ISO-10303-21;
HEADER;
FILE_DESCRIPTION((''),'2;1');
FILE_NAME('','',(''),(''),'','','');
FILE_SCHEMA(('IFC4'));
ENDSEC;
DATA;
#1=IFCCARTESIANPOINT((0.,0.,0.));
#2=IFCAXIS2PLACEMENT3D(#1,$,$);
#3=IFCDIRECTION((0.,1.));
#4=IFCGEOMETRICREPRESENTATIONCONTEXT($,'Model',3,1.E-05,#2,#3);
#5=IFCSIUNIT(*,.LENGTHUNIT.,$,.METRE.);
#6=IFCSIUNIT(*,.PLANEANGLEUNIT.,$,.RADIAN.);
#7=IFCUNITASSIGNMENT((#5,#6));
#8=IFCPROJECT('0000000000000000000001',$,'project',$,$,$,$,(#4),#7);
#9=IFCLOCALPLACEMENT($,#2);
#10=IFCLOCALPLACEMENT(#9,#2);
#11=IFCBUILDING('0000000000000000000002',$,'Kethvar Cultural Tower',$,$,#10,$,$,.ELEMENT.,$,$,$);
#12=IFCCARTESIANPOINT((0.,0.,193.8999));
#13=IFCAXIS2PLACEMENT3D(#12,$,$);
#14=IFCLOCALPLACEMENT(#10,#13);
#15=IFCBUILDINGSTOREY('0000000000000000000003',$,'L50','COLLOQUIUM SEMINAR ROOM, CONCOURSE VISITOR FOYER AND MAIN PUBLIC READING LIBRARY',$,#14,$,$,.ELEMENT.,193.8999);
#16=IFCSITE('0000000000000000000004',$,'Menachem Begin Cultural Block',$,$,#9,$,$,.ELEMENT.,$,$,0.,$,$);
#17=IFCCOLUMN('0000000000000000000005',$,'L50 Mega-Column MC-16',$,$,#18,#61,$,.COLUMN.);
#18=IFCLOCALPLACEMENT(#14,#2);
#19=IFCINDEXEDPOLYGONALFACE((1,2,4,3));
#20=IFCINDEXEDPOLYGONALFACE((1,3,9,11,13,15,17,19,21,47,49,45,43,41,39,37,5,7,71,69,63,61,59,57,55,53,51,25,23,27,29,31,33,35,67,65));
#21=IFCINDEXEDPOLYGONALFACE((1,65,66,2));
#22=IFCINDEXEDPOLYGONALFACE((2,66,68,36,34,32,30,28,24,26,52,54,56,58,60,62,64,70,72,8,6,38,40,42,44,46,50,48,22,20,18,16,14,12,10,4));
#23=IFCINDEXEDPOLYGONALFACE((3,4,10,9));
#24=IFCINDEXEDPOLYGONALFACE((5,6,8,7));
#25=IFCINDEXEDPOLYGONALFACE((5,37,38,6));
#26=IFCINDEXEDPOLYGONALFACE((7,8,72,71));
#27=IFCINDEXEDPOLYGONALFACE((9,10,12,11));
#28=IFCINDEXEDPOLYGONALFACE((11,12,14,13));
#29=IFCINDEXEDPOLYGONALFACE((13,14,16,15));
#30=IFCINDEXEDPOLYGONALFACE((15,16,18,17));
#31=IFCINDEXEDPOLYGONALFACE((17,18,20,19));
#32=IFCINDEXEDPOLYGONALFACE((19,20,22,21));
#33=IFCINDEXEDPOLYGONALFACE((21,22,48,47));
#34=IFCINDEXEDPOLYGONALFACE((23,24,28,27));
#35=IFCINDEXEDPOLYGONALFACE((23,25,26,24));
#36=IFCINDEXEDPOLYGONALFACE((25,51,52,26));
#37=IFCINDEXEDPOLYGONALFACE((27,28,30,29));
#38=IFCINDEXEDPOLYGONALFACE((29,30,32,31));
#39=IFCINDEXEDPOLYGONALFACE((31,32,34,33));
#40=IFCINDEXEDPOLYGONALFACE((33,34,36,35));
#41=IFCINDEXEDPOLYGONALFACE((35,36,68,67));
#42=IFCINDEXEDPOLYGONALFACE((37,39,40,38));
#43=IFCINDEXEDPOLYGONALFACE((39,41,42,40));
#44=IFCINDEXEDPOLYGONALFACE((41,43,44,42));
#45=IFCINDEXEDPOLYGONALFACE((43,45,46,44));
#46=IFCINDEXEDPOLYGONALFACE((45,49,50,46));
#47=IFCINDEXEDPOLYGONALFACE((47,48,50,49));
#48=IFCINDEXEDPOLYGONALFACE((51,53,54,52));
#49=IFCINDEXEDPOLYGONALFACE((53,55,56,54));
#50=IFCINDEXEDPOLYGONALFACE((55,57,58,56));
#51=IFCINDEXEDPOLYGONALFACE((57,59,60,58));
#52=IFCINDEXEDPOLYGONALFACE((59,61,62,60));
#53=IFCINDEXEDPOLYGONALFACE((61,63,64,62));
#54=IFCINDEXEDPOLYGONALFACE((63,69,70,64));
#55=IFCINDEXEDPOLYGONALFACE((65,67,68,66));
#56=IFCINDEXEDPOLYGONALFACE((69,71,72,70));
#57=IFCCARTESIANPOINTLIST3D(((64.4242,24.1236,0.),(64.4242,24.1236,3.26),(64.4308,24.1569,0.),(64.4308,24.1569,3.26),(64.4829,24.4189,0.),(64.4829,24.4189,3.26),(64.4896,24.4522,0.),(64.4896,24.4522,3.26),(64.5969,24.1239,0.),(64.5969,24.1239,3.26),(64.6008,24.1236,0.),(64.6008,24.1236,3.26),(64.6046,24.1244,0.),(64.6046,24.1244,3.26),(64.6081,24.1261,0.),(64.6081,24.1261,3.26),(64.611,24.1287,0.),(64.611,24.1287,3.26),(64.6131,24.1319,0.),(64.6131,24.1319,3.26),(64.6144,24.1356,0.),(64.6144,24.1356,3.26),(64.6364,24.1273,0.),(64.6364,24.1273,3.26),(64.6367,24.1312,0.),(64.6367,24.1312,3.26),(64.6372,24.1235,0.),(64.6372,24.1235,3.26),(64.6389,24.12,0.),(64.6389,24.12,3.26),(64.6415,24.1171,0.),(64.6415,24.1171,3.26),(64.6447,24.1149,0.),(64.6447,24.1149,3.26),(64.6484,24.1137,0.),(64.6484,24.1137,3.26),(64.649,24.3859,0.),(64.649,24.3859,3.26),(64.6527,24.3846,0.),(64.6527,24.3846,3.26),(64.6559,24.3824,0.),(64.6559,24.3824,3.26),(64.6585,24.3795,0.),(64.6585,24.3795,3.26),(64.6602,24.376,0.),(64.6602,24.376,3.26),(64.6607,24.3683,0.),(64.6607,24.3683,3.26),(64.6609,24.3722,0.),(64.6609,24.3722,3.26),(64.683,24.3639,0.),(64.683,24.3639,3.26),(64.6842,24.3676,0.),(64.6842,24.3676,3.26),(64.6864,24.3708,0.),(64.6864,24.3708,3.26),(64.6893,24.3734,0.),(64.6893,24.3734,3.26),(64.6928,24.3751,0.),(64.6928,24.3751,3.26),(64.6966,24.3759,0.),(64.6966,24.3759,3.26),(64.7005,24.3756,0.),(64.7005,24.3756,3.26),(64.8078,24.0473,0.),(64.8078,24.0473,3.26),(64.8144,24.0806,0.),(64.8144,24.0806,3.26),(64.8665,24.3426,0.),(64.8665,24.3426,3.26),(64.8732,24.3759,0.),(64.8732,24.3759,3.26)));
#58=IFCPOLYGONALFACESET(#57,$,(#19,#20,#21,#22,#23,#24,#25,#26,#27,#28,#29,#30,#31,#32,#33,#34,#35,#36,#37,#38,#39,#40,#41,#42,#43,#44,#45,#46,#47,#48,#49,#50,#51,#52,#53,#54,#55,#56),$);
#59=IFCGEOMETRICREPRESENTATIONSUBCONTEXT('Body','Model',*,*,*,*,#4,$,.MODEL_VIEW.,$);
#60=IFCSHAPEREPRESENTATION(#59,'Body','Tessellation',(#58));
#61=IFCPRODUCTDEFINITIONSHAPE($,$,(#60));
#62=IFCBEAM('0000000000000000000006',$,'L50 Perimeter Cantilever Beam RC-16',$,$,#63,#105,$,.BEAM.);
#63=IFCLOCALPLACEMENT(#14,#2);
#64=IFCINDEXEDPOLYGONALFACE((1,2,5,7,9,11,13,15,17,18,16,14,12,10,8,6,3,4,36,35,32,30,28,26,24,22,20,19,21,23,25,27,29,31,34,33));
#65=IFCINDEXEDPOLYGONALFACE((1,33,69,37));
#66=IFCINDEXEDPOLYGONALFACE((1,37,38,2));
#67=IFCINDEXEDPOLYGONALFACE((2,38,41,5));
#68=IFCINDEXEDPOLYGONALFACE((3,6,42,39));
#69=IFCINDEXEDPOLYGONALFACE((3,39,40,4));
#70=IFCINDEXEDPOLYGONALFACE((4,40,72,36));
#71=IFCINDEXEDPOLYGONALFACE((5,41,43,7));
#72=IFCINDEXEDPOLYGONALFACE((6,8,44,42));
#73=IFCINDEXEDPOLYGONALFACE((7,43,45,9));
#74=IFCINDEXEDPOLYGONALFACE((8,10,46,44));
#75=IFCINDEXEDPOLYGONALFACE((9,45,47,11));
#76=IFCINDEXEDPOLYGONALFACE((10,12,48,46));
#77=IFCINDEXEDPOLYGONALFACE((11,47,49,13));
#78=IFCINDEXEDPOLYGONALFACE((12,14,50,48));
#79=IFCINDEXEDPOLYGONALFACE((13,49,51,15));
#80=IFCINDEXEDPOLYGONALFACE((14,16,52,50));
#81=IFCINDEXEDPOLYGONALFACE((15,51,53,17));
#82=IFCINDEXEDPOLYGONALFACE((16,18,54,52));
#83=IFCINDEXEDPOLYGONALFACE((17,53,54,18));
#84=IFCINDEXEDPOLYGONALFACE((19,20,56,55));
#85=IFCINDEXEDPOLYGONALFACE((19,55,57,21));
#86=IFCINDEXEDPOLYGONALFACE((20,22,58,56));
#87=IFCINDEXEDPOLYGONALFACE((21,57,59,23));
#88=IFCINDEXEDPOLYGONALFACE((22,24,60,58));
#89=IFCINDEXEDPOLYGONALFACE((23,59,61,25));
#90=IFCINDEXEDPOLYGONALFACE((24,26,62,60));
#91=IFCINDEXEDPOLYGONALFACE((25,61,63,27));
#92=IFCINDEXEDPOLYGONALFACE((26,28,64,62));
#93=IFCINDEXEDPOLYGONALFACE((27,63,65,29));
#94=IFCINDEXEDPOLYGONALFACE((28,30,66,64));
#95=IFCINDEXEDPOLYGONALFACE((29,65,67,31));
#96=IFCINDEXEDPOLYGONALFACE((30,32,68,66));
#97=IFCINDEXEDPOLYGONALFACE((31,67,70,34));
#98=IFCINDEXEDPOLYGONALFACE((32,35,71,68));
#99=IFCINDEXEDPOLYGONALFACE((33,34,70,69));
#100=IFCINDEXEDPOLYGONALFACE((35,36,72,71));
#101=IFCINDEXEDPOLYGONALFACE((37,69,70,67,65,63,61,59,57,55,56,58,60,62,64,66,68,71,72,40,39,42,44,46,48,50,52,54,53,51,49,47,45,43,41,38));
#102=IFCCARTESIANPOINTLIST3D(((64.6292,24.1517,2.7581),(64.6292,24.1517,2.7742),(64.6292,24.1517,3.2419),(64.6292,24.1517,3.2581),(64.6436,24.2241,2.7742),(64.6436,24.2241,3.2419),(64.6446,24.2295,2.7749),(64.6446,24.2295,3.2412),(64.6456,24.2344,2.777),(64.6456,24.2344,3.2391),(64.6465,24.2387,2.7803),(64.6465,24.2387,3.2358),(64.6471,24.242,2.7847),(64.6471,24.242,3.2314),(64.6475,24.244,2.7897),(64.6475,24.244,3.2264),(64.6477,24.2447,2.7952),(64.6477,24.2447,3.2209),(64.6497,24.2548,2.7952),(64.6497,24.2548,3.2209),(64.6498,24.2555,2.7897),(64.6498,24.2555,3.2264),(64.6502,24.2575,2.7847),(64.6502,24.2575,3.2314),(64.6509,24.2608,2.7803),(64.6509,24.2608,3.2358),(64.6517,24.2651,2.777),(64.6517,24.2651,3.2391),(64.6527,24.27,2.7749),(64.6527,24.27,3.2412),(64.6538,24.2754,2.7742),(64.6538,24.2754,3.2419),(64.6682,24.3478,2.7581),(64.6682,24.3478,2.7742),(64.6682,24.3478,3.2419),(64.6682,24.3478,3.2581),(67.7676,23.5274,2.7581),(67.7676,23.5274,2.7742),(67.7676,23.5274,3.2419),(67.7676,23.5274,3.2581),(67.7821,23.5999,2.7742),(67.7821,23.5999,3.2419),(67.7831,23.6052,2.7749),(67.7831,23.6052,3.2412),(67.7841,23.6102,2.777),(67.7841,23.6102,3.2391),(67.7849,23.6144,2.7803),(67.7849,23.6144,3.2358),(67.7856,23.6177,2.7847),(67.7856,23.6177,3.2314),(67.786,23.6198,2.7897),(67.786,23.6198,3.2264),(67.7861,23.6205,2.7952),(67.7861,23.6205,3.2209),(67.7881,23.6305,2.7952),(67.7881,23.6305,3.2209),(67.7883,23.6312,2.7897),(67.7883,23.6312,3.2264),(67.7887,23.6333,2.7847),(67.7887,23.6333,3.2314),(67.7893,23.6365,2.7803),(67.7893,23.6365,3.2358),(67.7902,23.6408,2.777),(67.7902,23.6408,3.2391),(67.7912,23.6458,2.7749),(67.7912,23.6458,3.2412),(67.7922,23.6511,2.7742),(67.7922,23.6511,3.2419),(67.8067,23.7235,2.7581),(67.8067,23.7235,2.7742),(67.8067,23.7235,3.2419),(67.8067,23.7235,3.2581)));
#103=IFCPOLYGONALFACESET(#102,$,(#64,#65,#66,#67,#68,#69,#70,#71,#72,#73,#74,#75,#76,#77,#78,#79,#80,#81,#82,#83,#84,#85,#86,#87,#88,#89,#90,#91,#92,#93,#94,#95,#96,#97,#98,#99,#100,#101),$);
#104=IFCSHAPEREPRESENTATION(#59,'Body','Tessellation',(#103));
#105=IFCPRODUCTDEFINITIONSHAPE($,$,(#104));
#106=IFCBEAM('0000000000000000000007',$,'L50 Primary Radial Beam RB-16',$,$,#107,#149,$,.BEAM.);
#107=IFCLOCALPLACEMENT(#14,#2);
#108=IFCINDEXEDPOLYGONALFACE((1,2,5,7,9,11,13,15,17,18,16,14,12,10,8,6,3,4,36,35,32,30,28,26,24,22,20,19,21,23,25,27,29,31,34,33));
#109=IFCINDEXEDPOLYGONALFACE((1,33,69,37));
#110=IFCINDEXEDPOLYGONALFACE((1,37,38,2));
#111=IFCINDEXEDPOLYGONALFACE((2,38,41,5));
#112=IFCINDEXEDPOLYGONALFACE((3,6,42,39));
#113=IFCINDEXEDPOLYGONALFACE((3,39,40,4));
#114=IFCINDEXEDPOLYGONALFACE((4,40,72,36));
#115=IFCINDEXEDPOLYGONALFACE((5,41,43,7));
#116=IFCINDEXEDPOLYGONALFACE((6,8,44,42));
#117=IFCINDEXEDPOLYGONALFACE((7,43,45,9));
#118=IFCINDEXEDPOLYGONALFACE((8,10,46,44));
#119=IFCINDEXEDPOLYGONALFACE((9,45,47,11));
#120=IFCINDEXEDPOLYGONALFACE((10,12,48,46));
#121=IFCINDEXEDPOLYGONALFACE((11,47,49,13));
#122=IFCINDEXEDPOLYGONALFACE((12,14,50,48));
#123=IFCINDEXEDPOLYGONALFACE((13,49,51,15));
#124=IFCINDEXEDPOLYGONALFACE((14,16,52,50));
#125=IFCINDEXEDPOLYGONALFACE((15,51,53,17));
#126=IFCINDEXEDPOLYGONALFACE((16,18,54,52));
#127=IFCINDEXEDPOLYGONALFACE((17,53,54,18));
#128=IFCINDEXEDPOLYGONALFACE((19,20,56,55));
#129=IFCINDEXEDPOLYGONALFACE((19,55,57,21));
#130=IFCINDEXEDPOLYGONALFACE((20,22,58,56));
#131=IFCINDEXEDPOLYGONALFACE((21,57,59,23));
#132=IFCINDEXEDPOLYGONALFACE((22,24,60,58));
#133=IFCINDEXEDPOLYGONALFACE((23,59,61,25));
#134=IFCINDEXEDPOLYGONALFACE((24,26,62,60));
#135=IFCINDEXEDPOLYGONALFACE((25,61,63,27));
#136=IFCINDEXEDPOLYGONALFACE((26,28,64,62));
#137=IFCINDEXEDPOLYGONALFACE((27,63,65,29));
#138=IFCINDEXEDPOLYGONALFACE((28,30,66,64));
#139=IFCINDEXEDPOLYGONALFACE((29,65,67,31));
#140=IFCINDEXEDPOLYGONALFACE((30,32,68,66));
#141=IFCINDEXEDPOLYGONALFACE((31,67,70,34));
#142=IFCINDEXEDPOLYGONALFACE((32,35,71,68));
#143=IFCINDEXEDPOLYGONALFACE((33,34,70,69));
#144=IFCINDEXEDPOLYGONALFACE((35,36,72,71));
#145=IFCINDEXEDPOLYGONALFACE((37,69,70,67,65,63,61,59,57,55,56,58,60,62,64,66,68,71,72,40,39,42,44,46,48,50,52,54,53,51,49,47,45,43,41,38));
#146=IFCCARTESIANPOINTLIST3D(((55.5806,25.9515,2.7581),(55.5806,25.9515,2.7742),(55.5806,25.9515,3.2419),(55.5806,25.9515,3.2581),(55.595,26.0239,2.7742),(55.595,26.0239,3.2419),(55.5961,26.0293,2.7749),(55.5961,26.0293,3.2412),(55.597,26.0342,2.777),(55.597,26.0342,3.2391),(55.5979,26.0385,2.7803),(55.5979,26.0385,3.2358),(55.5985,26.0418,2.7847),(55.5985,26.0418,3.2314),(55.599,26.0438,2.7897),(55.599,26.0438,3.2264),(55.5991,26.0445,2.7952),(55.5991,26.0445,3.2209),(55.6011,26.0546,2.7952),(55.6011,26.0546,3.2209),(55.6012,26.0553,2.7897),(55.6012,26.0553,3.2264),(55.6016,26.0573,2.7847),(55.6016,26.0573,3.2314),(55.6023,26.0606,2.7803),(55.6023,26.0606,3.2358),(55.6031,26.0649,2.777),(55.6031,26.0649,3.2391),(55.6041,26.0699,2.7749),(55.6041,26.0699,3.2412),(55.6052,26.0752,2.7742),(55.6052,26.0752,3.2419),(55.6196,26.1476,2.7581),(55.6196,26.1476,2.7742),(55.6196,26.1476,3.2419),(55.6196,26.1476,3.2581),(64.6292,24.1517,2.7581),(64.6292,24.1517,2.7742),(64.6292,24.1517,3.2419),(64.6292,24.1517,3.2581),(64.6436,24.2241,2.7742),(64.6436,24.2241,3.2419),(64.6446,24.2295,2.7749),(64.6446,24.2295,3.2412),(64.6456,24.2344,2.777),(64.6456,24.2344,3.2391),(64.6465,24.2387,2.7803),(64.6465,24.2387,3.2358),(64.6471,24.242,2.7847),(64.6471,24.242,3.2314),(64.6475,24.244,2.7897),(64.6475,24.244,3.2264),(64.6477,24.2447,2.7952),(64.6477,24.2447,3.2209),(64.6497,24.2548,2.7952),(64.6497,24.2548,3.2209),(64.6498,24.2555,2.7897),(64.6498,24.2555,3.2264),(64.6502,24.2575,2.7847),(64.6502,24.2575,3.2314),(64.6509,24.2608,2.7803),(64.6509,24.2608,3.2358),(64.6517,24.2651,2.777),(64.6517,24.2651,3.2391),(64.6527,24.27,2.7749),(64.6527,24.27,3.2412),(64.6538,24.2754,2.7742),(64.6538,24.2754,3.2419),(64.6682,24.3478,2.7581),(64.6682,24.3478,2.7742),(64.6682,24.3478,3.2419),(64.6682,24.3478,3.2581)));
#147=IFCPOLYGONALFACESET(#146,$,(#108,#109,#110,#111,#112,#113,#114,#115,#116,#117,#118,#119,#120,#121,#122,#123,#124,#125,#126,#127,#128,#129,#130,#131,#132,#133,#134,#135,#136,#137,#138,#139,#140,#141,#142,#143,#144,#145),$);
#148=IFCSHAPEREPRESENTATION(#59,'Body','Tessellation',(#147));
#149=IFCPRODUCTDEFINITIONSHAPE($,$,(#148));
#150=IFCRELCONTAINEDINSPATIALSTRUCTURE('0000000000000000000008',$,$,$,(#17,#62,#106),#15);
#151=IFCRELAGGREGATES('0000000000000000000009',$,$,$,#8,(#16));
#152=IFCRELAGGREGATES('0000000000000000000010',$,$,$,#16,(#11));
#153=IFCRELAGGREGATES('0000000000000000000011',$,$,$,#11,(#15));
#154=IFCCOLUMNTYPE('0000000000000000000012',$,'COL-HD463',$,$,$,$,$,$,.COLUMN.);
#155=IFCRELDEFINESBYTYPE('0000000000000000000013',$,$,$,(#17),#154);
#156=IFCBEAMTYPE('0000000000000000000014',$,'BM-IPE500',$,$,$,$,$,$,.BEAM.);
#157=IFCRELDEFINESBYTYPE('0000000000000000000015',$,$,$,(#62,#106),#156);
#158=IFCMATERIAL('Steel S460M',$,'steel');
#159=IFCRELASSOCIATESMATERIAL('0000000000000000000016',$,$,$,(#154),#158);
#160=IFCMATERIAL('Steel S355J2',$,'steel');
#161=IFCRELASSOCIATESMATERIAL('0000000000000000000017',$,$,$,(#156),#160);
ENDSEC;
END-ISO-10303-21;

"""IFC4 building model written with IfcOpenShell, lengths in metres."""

from ifc_helpers import new_model, si_unit, direction, frame, origin, origin_2d, place, context, subcontext, project, spatial, i_section, extrude, source, transform, mapped, material, material_profile, profile_set, type_object, element, save


model = new_model("IFC4")

# Units and contexts
model_context = context("Model", 3, precision=1e-05, world=origin(), true_north=direction((0.0, 1.0)))
body_context = subcontext(model_context, "Body", "Model", "MODEL_VIEW")
ifc_project = project(units=[si_unit("LENGTHUNIT", "METRE"), si_unit("PLANEANGLEUNIT", "RADIAN")], contexts=[model_context])

# Site, building, storey
site_placement = place(None, origin())
site = spatial("IfcSite", under=ifc_project, at=site_placement, Name="Menachem Begin Cultural Block", CompositionType="ELEMENT", RefElevation=0.0)
building_placement = place(site_placement, origin())
building = spatial("IfcBuilding", under=site, at=building_placement, Name="Kethvar Cultural Tower", CompositionType="ELEMENT")
storey_placement = place(building_placement, frame((0.0, 0.0, 193.8999)))
storey = spatial("IfcBuildingStorey", under=building, at=storey_placement, Name="L50", Description="COLLOQUIUM SEMINAR ROOM, CONCOURSE VISITOR FOYER AND MAIN PUBLIC READING LIBRARY", CompositionType="ELEMENT", Elevation=193.8999)

# Column
ifc_material_1 = material(Name="Steel S460M", Category="steel")
ifc_material_profile_1 = material_profile(ifc_material_1, i_section(OverallWidth=0.3911, OverallDepth=0.335, WebThickness=0.0227, FlangeThickness=0.0339, FilletRadius=0.0149, at=origin_2d()), Name="Steel S460M — HD400x463")
ifc_profile_set_1 = profile_set([ifc_material_profile_1], Name="Steel S460M — HD400x463")
column_type = type_object("IfcColumnType", Name="COL-HD463", PredefinedType="COLUMN", material=ifc_profile_set_1)
shared_shape_1 = source(origin(), body_context, "Body", "SweptSolid", [
    extrude(i_section(OverallWidth=0.3911, OverallDepth=0.335, WebThickness=0.0227, FlangeThickness=0.0339, FilletRadius=0.0149, at=origin_2d()), origin(), (0.0, 0.0, 1.0), 3.26),
])
column_placement = place(storey_placement, frame((64.6487, 24.2498, 0.0), z_axis=(0.0, 0.0, 1.0), x_axis=(0.980785, -0.19509, 0.0)))
element("IfcColumn", 1, at=column_placement, inside=storey, type_object=column_type, Name="L50 Mega-Column MC-16", PredefinedType="COLUMN", context=body_context, shape_type="MappedRepresentation", body=[
    mapped(shared_shape_1, transform((0.0, 0.0, 0.0), scale=1.0)),
])

# Beams
ifc_material_2 = material(Name="Steel S355J2", Category="steel")
ifc_material_profile_2 = material_profile(ifc_material_2, i_section(OverallWidth=0.2, OverallDepth=0.5, WebThickness=0.0103, FlangeThickness=0.0161, FilletRadius=0.021, at=origin_2d()), Name="Steel S355J2 — IPE500")
ifc_profile_set_2 = profile_set([ifc_material_profile_2], Name="Steel S355J2 — IPE500")
beam_type_1 = type_object("IfcBeamType", Name="BM-IPE500", PredefinedType="BEAM", material=ifc_profile_set_2)
shared_shape_2 = source(origin(), body_context, "Body", "SweptSolid", [
    extrude(i_section(OverallWidth=0.2, OverallDepth=0.5, WebThickness=0.0103, FlangeThickness=0.0161, FilletRadius=0.021, at=origin_2d()), origin(), (0.0, 0.0, 1.0), 3.2),
])
beam_1_placement = place(storey_placement, frame((64.6487, 24.2498, 3.0081), z_axis=(0.980786, -0.195089, 0.0), x_axis=(0.195089, 0.980786, 0.0)))
element("IfcBeam", 2, at=beam_1_placement, inside=storey, type_object=beam_type_1, Name="L50 Perimeter Cantilever Beam RC-16", PredefinedType="BEAM", context=body_context, shape_type="MappedRepresentation", body=[
    mapped(shared_shape_2, transform((0.0, 0.0, 0.0), scale=1.0)),
])
shared_shape_3 = source(origin(), body_context, "Body", "SweptSolid", [
    extrude(i_section(OverallWidth=0.2, OverallDepth=0.5, WebThickness=0.0103, FlangeThickness=0.0161, FilletRadius=0.021, at=origin_2d()), origin(), (0.0, 0.0, 1.0), 9.2258),
])
beam_2_placement = place(storey_placement, frame((55.6001, 26.0496, 3.0081), z_axis=(0.980787, -0.195083, 0.0), x_axis=(0.195083, 0.980787, 0.0)))
element("IfcBeam", 3, at=beam_2_placement, inside=storey, type_object=beam_type_1, Name="L50 Primary Radial Beam RB-16", PredefinedType="BEAM", context=body_context, shape_type="MappedRepresentation", body=[
    mapped(shared_shape_3, transform((0.0, 0.0, 0.0), scale=1.0)),
])

save(model, "model.ifc")
